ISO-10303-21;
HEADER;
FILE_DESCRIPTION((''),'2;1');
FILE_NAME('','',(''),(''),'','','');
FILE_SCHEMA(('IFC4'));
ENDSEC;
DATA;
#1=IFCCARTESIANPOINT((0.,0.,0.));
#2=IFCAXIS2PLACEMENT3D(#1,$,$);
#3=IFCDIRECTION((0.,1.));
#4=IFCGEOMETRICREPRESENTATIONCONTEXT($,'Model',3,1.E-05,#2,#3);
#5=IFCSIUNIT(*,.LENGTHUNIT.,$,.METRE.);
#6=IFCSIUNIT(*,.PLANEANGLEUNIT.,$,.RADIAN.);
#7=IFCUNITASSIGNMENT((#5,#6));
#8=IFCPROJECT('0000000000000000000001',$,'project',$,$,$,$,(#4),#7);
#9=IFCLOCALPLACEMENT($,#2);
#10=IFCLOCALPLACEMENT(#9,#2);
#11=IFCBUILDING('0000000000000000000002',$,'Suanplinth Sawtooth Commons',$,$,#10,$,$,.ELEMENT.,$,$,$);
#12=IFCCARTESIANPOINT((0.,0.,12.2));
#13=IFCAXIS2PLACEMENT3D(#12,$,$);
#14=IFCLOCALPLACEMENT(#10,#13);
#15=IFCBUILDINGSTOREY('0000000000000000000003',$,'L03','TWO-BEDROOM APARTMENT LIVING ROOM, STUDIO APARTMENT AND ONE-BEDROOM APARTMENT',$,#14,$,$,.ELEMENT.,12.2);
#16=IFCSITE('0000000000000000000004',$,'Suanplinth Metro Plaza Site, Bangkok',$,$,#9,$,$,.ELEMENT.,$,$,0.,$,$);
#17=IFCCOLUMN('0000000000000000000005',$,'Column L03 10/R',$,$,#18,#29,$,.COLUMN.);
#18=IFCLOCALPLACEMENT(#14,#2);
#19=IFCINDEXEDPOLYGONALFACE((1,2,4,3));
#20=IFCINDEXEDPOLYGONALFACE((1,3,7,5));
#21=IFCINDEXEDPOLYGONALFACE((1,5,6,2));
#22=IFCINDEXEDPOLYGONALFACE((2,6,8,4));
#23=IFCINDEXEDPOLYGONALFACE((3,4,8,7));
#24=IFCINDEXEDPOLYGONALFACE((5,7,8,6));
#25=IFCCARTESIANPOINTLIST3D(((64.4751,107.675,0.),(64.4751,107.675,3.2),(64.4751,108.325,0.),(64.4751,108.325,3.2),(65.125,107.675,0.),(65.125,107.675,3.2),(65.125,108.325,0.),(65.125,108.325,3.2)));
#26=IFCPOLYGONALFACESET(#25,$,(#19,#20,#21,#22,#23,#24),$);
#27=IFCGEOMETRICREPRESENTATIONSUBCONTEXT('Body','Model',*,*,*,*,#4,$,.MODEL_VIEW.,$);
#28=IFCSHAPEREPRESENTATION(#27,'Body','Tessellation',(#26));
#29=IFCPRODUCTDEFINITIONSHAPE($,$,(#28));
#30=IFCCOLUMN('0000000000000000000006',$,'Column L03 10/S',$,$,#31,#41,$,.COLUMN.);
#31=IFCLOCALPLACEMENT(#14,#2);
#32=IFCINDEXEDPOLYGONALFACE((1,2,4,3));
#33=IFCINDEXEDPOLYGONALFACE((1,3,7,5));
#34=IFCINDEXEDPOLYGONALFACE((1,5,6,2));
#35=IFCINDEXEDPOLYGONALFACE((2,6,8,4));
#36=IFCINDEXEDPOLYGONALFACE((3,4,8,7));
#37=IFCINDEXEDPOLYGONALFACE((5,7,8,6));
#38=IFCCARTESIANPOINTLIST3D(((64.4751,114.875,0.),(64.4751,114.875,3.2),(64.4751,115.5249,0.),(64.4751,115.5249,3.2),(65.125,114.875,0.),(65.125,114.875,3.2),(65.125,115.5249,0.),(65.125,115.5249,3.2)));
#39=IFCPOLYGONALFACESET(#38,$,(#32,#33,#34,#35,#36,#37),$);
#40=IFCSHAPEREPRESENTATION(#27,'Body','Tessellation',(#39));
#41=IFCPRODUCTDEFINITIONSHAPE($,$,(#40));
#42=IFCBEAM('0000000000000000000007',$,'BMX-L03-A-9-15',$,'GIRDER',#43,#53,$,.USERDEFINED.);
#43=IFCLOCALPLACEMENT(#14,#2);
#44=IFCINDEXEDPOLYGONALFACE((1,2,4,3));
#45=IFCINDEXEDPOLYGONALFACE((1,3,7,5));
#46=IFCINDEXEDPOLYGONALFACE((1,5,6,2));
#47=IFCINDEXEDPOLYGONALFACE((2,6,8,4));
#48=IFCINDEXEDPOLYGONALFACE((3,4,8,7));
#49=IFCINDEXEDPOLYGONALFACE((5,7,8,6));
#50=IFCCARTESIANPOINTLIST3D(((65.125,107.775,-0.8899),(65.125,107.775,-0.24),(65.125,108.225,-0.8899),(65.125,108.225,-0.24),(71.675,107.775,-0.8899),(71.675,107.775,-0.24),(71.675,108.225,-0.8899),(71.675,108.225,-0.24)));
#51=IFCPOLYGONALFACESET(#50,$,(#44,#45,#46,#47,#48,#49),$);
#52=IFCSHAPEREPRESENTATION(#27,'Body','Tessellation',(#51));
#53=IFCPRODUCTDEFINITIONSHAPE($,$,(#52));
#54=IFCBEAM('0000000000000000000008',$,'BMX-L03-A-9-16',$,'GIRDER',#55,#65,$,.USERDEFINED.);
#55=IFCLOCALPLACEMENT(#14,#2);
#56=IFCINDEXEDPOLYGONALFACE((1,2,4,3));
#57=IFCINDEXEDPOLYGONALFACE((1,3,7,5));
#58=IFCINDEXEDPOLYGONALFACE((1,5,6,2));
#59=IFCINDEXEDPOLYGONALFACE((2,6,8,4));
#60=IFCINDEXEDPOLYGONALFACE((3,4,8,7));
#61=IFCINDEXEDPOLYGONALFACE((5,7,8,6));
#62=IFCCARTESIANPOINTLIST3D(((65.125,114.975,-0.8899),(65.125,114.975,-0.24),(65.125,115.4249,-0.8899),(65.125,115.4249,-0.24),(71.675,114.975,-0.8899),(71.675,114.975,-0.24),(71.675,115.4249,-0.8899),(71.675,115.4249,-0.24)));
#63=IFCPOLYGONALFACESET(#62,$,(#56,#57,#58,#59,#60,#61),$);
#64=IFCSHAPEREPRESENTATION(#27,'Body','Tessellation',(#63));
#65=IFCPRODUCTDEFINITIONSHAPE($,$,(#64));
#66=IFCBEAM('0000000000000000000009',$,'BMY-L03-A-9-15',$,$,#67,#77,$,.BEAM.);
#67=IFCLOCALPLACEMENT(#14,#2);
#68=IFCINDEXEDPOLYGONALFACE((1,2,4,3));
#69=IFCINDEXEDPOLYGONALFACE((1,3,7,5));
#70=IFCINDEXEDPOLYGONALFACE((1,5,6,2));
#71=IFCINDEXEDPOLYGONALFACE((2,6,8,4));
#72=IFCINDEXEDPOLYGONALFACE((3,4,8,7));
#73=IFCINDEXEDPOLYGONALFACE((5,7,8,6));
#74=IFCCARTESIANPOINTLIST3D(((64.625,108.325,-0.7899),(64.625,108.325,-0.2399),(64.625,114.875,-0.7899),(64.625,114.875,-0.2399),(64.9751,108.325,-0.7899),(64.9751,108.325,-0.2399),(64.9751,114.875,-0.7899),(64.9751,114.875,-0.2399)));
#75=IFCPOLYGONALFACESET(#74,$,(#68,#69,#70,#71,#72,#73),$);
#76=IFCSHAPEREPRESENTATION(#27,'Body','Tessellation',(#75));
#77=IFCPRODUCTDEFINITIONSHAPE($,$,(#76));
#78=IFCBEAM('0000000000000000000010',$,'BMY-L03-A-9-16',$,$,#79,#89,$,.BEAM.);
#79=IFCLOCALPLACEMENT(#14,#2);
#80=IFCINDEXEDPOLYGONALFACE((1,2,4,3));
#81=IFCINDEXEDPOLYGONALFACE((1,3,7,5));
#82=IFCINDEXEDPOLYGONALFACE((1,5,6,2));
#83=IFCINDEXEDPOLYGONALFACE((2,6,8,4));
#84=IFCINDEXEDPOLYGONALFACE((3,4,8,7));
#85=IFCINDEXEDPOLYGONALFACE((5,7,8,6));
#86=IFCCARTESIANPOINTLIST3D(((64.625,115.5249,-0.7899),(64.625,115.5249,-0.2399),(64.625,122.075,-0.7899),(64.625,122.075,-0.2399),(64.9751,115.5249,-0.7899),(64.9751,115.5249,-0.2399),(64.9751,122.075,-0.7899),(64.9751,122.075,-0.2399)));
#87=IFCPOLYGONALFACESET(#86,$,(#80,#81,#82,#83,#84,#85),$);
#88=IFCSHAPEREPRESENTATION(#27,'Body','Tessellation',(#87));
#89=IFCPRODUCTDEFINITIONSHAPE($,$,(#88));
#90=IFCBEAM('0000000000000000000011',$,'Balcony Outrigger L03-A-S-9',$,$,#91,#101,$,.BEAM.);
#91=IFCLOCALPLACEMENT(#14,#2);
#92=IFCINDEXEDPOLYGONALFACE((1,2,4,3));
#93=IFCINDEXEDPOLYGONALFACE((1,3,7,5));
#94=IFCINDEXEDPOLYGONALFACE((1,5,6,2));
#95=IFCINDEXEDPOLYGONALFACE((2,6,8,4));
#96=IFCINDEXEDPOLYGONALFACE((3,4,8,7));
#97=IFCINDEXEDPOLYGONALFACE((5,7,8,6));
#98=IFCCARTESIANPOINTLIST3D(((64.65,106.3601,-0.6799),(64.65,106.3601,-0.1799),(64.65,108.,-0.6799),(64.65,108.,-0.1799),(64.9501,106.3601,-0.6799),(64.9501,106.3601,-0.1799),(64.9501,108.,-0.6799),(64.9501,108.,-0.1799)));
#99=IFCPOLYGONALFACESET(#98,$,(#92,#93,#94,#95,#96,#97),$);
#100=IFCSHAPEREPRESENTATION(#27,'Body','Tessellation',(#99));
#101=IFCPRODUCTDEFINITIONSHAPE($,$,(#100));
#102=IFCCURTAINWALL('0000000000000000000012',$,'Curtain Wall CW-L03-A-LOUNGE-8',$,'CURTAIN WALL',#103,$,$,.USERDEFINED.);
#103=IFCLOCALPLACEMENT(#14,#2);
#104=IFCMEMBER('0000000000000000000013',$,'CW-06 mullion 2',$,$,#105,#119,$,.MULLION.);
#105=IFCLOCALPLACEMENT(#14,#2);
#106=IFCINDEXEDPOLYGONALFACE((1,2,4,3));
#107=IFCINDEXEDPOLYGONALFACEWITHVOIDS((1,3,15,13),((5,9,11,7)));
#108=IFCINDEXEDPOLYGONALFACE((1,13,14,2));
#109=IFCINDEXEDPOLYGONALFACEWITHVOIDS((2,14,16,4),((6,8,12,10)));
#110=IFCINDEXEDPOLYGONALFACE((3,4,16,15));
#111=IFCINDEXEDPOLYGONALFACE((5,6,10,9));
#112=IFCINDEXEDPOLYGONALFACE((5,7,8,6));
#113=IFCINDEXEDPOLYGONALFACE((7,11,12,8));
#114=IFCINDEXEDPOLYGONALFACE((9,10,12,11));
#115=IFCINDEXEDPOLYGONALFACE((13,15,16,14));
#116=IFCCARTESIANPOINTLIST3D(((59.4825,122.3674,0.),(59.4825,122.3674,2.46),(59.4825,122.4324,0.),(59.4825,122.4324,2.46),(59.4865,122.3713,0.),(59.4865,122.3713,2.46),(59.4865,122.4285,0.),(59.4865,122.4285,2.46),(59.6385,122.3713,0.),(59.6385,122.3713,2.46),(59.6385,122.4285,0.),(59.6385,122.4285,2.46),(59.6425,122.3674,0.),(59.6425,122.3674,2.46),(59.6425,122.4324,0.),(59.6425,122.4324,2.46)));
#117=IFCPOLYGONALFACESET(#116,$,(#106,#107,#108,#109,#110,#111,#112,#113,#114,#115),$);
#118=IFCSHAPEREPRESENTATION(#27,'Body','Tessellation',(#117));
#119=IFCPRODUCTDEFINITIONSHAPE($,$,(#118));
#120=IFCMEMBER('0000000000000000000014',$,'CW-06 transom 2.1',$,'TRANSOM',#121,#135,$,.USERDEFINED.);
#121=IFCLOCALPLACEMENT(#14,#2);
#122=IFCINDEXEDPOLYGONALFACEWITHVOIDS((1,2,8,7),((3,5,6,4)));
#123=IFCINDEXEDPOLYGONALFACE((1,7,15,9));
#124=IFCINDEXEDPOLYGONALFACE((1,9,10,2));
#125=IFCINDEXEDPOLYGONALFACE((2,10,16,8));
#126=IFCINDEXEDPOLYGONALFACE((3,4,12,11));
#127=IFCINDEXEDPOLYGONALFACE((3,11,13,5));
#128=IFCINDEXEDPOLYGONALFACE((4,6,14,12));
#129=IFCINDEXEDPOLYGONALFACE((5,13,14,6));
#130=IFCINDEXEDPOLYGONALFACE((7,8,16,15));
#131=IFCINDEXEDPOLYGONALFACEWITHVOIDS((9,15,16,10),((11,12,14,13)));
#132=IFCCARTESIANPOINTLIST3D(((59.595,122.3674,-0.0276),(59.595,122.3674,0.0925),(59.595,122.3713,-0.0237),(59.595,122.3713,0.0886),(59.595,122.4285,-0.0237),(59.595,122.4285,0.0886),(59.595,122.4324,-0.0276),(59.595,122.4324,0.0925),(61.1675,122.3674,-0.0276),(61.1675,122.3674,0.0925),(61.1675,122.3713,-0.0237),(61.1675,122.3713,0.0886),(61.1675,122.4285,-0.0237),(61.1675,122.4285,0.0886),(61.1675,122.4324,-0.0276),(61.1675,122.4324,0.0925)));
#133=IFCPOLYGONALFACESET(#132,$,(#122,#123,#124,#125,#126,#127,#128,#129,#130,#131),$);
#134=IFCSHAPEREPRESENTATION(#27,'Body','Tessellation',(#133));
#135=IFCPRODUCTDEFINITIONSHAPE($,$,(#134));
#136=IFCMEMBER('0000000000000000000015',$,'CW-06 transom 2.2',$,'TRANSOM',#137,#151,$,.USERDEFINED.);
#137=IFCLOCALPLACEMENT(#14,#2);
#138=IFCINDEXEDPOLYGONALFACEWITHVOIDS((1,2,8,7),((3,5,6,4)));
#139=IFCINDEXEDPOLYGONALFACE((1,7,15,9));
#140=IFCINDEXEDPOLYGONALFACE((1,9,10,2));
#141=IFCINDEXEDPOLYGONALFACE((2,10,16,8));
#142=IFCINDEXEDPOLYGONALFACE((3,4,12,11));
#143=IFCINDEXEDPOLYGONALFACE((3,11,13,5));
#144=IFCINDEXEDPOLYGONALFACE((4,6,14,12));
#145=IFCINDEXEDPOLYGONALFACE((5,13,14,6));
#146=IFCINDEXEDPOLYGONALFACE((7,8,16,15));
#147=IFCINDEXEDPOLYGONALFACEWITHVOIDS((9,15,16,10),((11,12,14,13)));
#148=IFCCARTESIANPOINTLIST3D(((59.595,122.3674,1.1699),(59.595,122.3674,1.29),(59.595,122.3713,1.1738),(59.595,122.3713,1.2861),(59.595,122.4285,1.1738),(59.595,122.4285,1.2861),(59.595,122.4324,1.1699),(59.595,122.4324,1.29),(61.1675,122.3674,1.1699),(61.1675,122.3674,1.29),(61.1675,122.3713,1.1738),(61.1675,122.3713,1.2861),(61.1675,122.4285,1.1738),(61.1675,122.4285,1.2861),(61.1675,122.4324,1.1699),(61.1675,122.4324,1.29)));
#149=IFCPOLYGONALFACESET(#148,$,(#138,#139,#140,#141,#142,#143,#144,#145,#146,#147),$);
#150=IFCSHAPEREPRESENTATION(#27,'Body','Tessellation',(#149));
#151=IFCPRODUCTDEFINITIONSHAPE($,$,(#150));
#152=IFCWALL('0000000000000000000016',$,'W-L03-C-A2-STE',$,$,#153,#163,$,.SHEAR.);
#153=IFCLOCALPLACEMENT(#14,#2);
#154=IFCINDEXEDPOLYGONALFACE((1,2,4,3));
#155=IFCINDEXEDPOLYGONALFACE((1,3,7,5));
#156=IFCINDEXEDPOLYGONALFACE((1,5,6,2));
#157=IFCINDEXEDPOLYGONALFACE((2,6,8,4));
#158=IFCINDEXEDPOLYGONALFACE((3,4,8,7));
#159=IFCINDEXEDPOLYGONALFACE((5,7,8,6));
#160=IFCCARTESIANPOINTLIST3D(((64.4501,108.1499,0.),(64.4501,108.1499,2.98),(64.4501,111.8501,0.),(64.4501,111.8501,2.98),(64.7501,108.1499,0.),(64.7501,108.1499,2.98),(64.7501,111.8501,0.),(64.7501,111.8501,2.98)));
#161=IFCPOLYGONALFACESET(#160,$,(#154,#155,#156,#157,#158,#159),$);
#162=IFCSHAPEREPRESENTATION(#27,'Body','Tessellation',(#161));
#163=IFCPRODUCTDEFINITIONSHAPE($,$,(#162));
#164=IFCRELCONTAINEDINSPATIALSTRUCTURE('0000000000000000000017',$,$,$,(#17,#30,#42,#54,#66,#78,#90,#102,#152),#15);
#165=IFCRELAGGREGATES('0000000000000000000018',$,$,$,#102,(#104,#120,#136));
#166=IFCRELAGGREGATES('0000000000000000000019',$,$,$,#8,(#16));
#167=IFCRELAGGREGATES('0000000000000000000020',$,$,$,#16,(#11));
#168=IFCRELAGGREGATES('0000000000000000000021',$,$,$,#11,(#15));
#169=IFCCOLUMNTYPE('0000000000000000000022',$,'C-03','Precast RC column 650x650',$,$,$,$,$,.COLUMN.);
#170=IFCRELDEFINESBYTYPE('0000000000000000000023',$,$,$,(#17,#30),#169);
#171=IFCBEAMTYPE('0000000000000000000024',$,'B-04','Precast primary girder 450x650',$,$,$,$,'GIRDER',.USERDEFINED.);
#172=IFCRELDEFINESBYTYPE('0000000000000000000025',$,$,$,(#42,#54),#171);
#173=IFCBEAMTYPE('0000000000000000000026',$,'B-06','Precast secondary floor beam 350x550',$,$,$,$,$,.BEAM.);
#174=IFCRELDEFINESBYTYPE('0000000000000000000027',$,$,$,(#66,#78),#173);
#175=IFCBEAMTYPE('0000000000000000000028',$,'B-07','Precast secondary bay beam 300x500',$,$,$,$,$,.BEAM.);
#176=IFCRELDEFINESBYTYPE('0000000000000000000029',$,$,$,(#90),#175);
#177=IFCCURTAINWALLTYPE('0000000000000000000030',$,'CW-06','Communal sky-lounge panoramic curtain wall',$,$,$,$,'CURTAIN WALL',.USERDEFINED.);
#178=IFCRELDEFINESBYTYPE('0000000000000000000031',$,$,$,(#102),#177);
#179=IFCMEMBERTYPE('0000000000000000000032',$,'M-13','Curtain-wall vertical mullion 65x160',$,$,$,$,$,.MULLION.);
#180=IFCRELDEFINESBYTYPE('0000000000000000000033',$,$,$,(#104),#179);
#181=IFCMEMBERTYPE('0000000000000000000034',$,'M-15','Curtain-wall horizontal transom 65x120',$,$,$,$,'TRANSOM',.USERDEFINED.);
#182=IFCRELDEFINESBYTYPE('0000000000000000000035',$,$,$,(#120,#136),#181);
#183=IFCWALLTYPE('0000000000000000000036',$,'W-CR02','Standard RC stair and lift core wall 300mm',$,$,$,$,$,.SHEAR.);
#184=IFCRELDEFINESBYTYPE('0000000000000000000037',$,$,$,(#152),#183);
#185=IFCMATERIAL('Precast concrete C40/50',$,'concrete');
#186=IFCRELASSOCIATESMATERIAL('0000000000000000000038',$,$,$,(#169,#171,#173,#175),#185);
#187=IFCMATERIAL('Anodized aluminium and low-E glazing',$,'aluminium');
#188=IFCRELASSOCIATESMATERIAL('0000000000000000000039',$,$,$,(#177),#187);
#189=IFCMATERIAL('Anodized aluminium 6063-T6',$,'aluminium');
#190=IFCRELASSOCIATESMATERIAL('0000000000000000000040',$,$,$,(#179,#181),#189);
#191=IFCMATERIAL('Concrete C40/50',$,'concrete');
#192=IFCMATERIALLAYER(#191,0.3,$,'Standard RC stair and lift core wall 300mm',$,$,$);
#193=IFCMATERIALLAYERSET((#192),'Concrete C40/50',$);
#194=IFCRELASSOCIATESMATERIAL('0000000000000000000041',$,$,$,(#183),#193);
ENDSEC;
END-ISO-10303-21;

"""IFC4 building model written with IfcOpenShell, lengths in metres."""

from ifc_helpers import new_model, si_unit, direction, frame, frame_2d, origin, origin_2d, place, context, subcontext, project, spatial, rectangle, hollow_rectangle, extrude, material, layer, layer_set, material_profile, profile_set, type_object, element, aggregate, save


model = new_model("IFC4")

# Units and contexts
model_context = context("Model", 3, precision=1e-05, world=origin(), true_north=direction((0.0, 1.0)))
body_context = subcontext(model_context, "Body", "Model", "MODEL_VIEW")
ifc_project = project(units=[si_unit("LENGTHUNIT", "METRE"), si_unit("PLANEANGLEUNIT", "RADIAN")], contexts=[model_context])

# Site, building, storey
site_placement = place(None, origin())
site = spatial("IfcSite", under=ifc_project, at=site_placement, Name="Suanplinth Metro Plaza Site, Bangkok", CompositionType="ELEMENT", RefElevation=0.0)
building_placement = place(site_placement, origin())
building = spatial("IfcBuilding", under=site, at=building_placement, Name="Suanplinth Sawtooth Commons", CompositionType="ELEMENT")
storey_placement = place(building_placement, frame((0.0, 0.0, 12.2)))
storey = spatial("IfcBuildingStorey", under=building, at=storey_placement, Name="L03", Description="TWO-BEDROOM APARTMENT LIVING ROOM, STUDIO APARTMENT AND ONE-BEDROOM APARTMENT", CompositionType="ELEMENT", Elevation=12.2)

# Columns
ifc_material_1 = material(Name="Precast concrete C40/50", Category="concrete")
ifc_material_profile_1 = material_profile(ifc_material_1, rectangle(XDim=0.6499, YDim=0.6499, at=origin_2d()), Name="PC-COL 650x650")
ifc_profile_set_1 = profile_set([ifc_material_profile_1], Name="Precast concrete C40/50")
column_type = type_object("IfcColumnType", Name="C-03", Description="Precast RC column 650x650", PredefinedType="COLUMN", material=ifc_profile_set_1)
for number, where, z_axis, x_axis, name in (
    (1, (64.8, 108.0, 0.0), (0.0, 0.0, 1.0), (1.0, 0.0, 0.0), "Column L03 10/R"),
    (2, (64.8, 115.2, 0.0), (0.0, 0.0, 1.0), (1.0, 0.0, 0.0), "Column L03 10/S"),
):
    element("IfcColumn", number, at=place(storey_placement, frame(where, z_axis=z_axis, x_axis=x_axis)), inside=storey, type_object=column_type, Name=name, PredefinedType="COLUMN", context=body_context, shape_type="SweptSolid", body=[
        extrude(rectangle(XDim=0.6499, YDim=0.6499, at=origin_2d()), origin(), (0.0, 0.0, 1.0), 3.2),
    ])

# Beams
ifc_material_profile_2 = material_profile(ifc_material_1, rectangle(XDim=0.45, YDim=0.6499, at=origin_2d()), Name="PC-GDR 450x650")
ifc_profile_set_2 = profile_set([ifc_material_profile_2], Name="Precast concrete C40/50")
beam_type_1 = type_object("IfcBeamType", Name="B-04", Description="Precast primary girder 450x650", ElementType="GIRDER", PredefinedType="USERDEFINED", material=ifc_profile_set_2)
for number, where, z_axis, x_axis, name in (
    (3, (65.125, 108.0, -0.5649), (1.0, 0.0, 0.0), (0.0, 1.0, 0.0), "BMX-L03-A-9-15"),
    (4, (65.125, 115.2, -0.5649), (1.0, 0.0, 0.0), (0.0, 1.0, 0.0), "BMX-L03-A-9-16"),
):
    element("IfcBeam", number, at=place(storey_placement, frame(where, z_axis=z_axis, x_axis=x_axis)), inside=storey, type_object=beam_type_1, Name=name, ObjectType="GIRDER", PredefinedType="USERDEFINED", context=body_context, shape_type="SweptSolid", body=[
        extrude(rectangle(XDim=0.45, YDim=0.6499, at=origin_2d()), origin(), (0.0, 0.0, 1.0), 6.55),
    ])
ifc_material_profile_3 = material_profile(ifc_material_1, rectangle(XDim=0.3501, YDim=0.55, at=origin_2d()), Name="PC-BM 350x550")
ifc_profile_set_3 = profile_set([ifc_material_profile_3], Name="Precast concrete C40/50")
beam_type_2 = type_object("IfcBeamType", Name="B-06", Description="Precast secondary floor beam 350x550", PredefinedType="BEAM", material=ifc_profile_set_3)
for number, where, z_axis, x_axis, name in (
    (5, (64.8, 108.325, -0.5149), (0.0, 1.0, 0.0), (-1.0, 0.0, 0.0), "BMY-L03-A-9-15"),
    (6, (64.8, 115.5249, -0.5149), (0.0, 1.0, 0.0), (-1.0, 0.0, 0.0), "BMY-L03-A-9-16"),
):
    element("IfcBeam", number, at=place(storey_placement, frame(where, z_axis=z_axis, x_axis=x_axis)), inside=storey, type_object=beam_type_2, Name=name, PredefinedType="BEAM", context=body_context, shape_type="SweptSolid", body=[
        extrude(rectangle(XDim=0.3501, YDim=0.55, at=origin_2d()), origin(), (0.0, 0.0, 1.0), 6.55),
    ])
ifc_material_profile_4 = material_profile(ifc_material_1, rectangle(XDim=0.3, YDim=0.5, at=origin_2d()), Name="PC-BM 300x500")
ifc_profile_set_4 = profile_set([ifc_material_profile_4], Name="Precast concrete C40/50")
beam_type_3 = type_object("IfcBeamType", Name="B-07", Description="Precast secondary bay beam 300x500", PredefinedType="BEAM", material=ifc_profile_set_4)
beam_placement = place(storey_placement, frame((64.8, 108.0, -0.4299), z_axis=(0.0, -1.0, 0.0), x_axis=(1.0, 0.0, 0.0)))
element("IfcBeam", 7, at=beam_placement, inside=storey, type_object=beam_type_3, Name="Balcony Outrigger L03-A-S-9", PredefinedType="BEAM", context=body_context, shape_type="SweptSolid", body=[
    extrude(rectangle(XDim=0.3, YDim=0.5, at=origin_2d()), origin(), (0.0, 0.0, 1.0), 1.6399),
])

# Curtain wall, members
ifc_material_2 = material(Name="Anodized aluminium and low-E glazing", Category="aluminium")
curtain_wall_type = type_object("IfcCurtainWallType", Name="CW-06", Description="Communal sky-lounge panoramic curtain wall", ElementType="CURTAIN WALL", PredefinedType="USERDEFINED", material=ifc_material_2)
curtain_wall_placement = place(storey_placement, origin())
curtain_wall = element("IfcCurtainWall", 8, at=curtain_wall_placement, inside=storey, type_object=curtain_wall_type, Name="Curtain Wall CW-L03-A-LOUNGE-8", ObjectType="CURTAIN WALL", PredefinedType="USERDEFINED")
ifc_material_3 = material(Name="Anodized aluminium 6063-T6", Category="aluminium")
ifc_material_profile_5 = material_profile(ifc_material_3, hollow_rectangle(XDim=0.0649, YDim=0.1599, WallThickness=0.0039, at=origin_2d()), Name="ALU-MUL 65x160")
ifc_profile_set_5 = profile_set([ifc_material_profile_5], Name="Anodized aluminium 6063-T6")
member_type_1 = type_object("IfcMemberType", Name="M-13", Description="Curtain-wall vertical mullion 65x160", PredefinedType="MULLION", material=ifc_profile_set_5)
member_1_placement = place(storey_placement, frame((59.5625, 122.3999, 0.0), z_axis=(0.0, 0.0, 1.0), x_axis=(0.0, 1.0, 0.0)))
member_1 = element("IfcMember", 9, at=member_1_placement, type_object=member_type_1, Name="CW-06 mullion 2", PredefinedType="MULLION", context=body_context, shape_type="SweptSolid", body=[
    extrude(hollow_rectangle(XDim=0.0649, YDim=0.1599, WallThickness=0.0039, at=origin_2d()), origin(), (0.0, 0.0, 1.0), 2.46),
])
ifc_material_profile_6 = material_profile(ifc_material_3, hollow_rectangle(XDim=0.0649, YDim=0.1201, WallThickness=0.0039, at=origin_2d()), Name="ALU-TRN 65x120")
ifc_profile_set_6 = profile_set([ifc_material_profile_6], Name="Anodized aluminium 6063-T6")
member_type_2 = type_object("IfcMemberType", Name="M-15", Description="Curtain-wall horizontal transom 65x120", ElementType="TRANSOM", PredefinedType="USERDEFINED", material=ifc_profile_set_6)
member_2_placement = place(storey_placement, frame((59.595, 122.3999, 0.0325), z_axis=(1.0, 0.0, 0.0), x_axis=(0.0, 1.0, 0.0)))
member_2 = element("IfcMember", 10, at=member_2_placement, type_object=member_type_2, Name="CW-06 transom 2.1", ObjectType="TRANSOM", PredefinedType="USERDEFINED", context=body_context, shape_type="SweptSolid", body=[
    extrude(hollow_rectangle(XDim=0.0649, YDim=0.1201, WallThickness=0.0039, at=origin_2d()), origin(), (0.0, 0.0, 1.0), 1.5725),
])
member_3_placement = place(storey_placement, frame((59.595, 122.3999, 1.23), z_axis=(1.0, 0.0, 0.0), x_axis=(0.0, 1.0, 0.0)))
member_3 = element("IfcMember", 11, at=member_3_placement, type_object=member_type_2, Name="CW-06 transom 2.2", ObjectType="TRANSOM", PredefinedType="USERDEFINED", context=body_context, shape_type="SweptSolid", body=[
    extrude(hollow_rectangle(XDim=0.0649, YDim=0.1201, WallThickness=0.0039, at=origin_2d()), origin(), (0.0, 0.0, 1.0), 1.5725),
])
aggregate(curtain_wall, [member_1, member_2, member_3])

# Wall
ifc_material_4 = material(Name="Concrete C40/50", Category="concrete")
ifc_layer_1 = layer(ifc_material_4, 0.3, Name="Standard RC stair and lift core wall 300mm")
ifc_layer_set_1 = layer_set([ifc_layer_1], Name="Concrete C40/50")
wall_type_1 = type_object("IfcWallType", Name="W-CR02", Description="Standard RC stair and lift core wall 300mm", PredefinedType="SHEAR", material=ifc_layer_set_1)
wall_1_placement = place(storey_placement, frame((64.6001, 108.1499, 0.0), z_axis=(0.0, 0.0, 1.0), x_axis=(0.0, 1.0, 0.0)))
element("IfcWall", 12, at=wall_1_placement, inside=storey, type_object=wall_type_1, Name="W-L03-C-A2-STE", PredefinedType="SHEAR", context=body_context, shape_type="SweptSolid", body=[
    extrude(rectangle(XDim=3.7002, YDim=0.3, at=frame_2d((1.8501, 0.0))), origin(), (0.0, 0.0, 1.0), 2.98),
])

save(model, "model.ifc")
